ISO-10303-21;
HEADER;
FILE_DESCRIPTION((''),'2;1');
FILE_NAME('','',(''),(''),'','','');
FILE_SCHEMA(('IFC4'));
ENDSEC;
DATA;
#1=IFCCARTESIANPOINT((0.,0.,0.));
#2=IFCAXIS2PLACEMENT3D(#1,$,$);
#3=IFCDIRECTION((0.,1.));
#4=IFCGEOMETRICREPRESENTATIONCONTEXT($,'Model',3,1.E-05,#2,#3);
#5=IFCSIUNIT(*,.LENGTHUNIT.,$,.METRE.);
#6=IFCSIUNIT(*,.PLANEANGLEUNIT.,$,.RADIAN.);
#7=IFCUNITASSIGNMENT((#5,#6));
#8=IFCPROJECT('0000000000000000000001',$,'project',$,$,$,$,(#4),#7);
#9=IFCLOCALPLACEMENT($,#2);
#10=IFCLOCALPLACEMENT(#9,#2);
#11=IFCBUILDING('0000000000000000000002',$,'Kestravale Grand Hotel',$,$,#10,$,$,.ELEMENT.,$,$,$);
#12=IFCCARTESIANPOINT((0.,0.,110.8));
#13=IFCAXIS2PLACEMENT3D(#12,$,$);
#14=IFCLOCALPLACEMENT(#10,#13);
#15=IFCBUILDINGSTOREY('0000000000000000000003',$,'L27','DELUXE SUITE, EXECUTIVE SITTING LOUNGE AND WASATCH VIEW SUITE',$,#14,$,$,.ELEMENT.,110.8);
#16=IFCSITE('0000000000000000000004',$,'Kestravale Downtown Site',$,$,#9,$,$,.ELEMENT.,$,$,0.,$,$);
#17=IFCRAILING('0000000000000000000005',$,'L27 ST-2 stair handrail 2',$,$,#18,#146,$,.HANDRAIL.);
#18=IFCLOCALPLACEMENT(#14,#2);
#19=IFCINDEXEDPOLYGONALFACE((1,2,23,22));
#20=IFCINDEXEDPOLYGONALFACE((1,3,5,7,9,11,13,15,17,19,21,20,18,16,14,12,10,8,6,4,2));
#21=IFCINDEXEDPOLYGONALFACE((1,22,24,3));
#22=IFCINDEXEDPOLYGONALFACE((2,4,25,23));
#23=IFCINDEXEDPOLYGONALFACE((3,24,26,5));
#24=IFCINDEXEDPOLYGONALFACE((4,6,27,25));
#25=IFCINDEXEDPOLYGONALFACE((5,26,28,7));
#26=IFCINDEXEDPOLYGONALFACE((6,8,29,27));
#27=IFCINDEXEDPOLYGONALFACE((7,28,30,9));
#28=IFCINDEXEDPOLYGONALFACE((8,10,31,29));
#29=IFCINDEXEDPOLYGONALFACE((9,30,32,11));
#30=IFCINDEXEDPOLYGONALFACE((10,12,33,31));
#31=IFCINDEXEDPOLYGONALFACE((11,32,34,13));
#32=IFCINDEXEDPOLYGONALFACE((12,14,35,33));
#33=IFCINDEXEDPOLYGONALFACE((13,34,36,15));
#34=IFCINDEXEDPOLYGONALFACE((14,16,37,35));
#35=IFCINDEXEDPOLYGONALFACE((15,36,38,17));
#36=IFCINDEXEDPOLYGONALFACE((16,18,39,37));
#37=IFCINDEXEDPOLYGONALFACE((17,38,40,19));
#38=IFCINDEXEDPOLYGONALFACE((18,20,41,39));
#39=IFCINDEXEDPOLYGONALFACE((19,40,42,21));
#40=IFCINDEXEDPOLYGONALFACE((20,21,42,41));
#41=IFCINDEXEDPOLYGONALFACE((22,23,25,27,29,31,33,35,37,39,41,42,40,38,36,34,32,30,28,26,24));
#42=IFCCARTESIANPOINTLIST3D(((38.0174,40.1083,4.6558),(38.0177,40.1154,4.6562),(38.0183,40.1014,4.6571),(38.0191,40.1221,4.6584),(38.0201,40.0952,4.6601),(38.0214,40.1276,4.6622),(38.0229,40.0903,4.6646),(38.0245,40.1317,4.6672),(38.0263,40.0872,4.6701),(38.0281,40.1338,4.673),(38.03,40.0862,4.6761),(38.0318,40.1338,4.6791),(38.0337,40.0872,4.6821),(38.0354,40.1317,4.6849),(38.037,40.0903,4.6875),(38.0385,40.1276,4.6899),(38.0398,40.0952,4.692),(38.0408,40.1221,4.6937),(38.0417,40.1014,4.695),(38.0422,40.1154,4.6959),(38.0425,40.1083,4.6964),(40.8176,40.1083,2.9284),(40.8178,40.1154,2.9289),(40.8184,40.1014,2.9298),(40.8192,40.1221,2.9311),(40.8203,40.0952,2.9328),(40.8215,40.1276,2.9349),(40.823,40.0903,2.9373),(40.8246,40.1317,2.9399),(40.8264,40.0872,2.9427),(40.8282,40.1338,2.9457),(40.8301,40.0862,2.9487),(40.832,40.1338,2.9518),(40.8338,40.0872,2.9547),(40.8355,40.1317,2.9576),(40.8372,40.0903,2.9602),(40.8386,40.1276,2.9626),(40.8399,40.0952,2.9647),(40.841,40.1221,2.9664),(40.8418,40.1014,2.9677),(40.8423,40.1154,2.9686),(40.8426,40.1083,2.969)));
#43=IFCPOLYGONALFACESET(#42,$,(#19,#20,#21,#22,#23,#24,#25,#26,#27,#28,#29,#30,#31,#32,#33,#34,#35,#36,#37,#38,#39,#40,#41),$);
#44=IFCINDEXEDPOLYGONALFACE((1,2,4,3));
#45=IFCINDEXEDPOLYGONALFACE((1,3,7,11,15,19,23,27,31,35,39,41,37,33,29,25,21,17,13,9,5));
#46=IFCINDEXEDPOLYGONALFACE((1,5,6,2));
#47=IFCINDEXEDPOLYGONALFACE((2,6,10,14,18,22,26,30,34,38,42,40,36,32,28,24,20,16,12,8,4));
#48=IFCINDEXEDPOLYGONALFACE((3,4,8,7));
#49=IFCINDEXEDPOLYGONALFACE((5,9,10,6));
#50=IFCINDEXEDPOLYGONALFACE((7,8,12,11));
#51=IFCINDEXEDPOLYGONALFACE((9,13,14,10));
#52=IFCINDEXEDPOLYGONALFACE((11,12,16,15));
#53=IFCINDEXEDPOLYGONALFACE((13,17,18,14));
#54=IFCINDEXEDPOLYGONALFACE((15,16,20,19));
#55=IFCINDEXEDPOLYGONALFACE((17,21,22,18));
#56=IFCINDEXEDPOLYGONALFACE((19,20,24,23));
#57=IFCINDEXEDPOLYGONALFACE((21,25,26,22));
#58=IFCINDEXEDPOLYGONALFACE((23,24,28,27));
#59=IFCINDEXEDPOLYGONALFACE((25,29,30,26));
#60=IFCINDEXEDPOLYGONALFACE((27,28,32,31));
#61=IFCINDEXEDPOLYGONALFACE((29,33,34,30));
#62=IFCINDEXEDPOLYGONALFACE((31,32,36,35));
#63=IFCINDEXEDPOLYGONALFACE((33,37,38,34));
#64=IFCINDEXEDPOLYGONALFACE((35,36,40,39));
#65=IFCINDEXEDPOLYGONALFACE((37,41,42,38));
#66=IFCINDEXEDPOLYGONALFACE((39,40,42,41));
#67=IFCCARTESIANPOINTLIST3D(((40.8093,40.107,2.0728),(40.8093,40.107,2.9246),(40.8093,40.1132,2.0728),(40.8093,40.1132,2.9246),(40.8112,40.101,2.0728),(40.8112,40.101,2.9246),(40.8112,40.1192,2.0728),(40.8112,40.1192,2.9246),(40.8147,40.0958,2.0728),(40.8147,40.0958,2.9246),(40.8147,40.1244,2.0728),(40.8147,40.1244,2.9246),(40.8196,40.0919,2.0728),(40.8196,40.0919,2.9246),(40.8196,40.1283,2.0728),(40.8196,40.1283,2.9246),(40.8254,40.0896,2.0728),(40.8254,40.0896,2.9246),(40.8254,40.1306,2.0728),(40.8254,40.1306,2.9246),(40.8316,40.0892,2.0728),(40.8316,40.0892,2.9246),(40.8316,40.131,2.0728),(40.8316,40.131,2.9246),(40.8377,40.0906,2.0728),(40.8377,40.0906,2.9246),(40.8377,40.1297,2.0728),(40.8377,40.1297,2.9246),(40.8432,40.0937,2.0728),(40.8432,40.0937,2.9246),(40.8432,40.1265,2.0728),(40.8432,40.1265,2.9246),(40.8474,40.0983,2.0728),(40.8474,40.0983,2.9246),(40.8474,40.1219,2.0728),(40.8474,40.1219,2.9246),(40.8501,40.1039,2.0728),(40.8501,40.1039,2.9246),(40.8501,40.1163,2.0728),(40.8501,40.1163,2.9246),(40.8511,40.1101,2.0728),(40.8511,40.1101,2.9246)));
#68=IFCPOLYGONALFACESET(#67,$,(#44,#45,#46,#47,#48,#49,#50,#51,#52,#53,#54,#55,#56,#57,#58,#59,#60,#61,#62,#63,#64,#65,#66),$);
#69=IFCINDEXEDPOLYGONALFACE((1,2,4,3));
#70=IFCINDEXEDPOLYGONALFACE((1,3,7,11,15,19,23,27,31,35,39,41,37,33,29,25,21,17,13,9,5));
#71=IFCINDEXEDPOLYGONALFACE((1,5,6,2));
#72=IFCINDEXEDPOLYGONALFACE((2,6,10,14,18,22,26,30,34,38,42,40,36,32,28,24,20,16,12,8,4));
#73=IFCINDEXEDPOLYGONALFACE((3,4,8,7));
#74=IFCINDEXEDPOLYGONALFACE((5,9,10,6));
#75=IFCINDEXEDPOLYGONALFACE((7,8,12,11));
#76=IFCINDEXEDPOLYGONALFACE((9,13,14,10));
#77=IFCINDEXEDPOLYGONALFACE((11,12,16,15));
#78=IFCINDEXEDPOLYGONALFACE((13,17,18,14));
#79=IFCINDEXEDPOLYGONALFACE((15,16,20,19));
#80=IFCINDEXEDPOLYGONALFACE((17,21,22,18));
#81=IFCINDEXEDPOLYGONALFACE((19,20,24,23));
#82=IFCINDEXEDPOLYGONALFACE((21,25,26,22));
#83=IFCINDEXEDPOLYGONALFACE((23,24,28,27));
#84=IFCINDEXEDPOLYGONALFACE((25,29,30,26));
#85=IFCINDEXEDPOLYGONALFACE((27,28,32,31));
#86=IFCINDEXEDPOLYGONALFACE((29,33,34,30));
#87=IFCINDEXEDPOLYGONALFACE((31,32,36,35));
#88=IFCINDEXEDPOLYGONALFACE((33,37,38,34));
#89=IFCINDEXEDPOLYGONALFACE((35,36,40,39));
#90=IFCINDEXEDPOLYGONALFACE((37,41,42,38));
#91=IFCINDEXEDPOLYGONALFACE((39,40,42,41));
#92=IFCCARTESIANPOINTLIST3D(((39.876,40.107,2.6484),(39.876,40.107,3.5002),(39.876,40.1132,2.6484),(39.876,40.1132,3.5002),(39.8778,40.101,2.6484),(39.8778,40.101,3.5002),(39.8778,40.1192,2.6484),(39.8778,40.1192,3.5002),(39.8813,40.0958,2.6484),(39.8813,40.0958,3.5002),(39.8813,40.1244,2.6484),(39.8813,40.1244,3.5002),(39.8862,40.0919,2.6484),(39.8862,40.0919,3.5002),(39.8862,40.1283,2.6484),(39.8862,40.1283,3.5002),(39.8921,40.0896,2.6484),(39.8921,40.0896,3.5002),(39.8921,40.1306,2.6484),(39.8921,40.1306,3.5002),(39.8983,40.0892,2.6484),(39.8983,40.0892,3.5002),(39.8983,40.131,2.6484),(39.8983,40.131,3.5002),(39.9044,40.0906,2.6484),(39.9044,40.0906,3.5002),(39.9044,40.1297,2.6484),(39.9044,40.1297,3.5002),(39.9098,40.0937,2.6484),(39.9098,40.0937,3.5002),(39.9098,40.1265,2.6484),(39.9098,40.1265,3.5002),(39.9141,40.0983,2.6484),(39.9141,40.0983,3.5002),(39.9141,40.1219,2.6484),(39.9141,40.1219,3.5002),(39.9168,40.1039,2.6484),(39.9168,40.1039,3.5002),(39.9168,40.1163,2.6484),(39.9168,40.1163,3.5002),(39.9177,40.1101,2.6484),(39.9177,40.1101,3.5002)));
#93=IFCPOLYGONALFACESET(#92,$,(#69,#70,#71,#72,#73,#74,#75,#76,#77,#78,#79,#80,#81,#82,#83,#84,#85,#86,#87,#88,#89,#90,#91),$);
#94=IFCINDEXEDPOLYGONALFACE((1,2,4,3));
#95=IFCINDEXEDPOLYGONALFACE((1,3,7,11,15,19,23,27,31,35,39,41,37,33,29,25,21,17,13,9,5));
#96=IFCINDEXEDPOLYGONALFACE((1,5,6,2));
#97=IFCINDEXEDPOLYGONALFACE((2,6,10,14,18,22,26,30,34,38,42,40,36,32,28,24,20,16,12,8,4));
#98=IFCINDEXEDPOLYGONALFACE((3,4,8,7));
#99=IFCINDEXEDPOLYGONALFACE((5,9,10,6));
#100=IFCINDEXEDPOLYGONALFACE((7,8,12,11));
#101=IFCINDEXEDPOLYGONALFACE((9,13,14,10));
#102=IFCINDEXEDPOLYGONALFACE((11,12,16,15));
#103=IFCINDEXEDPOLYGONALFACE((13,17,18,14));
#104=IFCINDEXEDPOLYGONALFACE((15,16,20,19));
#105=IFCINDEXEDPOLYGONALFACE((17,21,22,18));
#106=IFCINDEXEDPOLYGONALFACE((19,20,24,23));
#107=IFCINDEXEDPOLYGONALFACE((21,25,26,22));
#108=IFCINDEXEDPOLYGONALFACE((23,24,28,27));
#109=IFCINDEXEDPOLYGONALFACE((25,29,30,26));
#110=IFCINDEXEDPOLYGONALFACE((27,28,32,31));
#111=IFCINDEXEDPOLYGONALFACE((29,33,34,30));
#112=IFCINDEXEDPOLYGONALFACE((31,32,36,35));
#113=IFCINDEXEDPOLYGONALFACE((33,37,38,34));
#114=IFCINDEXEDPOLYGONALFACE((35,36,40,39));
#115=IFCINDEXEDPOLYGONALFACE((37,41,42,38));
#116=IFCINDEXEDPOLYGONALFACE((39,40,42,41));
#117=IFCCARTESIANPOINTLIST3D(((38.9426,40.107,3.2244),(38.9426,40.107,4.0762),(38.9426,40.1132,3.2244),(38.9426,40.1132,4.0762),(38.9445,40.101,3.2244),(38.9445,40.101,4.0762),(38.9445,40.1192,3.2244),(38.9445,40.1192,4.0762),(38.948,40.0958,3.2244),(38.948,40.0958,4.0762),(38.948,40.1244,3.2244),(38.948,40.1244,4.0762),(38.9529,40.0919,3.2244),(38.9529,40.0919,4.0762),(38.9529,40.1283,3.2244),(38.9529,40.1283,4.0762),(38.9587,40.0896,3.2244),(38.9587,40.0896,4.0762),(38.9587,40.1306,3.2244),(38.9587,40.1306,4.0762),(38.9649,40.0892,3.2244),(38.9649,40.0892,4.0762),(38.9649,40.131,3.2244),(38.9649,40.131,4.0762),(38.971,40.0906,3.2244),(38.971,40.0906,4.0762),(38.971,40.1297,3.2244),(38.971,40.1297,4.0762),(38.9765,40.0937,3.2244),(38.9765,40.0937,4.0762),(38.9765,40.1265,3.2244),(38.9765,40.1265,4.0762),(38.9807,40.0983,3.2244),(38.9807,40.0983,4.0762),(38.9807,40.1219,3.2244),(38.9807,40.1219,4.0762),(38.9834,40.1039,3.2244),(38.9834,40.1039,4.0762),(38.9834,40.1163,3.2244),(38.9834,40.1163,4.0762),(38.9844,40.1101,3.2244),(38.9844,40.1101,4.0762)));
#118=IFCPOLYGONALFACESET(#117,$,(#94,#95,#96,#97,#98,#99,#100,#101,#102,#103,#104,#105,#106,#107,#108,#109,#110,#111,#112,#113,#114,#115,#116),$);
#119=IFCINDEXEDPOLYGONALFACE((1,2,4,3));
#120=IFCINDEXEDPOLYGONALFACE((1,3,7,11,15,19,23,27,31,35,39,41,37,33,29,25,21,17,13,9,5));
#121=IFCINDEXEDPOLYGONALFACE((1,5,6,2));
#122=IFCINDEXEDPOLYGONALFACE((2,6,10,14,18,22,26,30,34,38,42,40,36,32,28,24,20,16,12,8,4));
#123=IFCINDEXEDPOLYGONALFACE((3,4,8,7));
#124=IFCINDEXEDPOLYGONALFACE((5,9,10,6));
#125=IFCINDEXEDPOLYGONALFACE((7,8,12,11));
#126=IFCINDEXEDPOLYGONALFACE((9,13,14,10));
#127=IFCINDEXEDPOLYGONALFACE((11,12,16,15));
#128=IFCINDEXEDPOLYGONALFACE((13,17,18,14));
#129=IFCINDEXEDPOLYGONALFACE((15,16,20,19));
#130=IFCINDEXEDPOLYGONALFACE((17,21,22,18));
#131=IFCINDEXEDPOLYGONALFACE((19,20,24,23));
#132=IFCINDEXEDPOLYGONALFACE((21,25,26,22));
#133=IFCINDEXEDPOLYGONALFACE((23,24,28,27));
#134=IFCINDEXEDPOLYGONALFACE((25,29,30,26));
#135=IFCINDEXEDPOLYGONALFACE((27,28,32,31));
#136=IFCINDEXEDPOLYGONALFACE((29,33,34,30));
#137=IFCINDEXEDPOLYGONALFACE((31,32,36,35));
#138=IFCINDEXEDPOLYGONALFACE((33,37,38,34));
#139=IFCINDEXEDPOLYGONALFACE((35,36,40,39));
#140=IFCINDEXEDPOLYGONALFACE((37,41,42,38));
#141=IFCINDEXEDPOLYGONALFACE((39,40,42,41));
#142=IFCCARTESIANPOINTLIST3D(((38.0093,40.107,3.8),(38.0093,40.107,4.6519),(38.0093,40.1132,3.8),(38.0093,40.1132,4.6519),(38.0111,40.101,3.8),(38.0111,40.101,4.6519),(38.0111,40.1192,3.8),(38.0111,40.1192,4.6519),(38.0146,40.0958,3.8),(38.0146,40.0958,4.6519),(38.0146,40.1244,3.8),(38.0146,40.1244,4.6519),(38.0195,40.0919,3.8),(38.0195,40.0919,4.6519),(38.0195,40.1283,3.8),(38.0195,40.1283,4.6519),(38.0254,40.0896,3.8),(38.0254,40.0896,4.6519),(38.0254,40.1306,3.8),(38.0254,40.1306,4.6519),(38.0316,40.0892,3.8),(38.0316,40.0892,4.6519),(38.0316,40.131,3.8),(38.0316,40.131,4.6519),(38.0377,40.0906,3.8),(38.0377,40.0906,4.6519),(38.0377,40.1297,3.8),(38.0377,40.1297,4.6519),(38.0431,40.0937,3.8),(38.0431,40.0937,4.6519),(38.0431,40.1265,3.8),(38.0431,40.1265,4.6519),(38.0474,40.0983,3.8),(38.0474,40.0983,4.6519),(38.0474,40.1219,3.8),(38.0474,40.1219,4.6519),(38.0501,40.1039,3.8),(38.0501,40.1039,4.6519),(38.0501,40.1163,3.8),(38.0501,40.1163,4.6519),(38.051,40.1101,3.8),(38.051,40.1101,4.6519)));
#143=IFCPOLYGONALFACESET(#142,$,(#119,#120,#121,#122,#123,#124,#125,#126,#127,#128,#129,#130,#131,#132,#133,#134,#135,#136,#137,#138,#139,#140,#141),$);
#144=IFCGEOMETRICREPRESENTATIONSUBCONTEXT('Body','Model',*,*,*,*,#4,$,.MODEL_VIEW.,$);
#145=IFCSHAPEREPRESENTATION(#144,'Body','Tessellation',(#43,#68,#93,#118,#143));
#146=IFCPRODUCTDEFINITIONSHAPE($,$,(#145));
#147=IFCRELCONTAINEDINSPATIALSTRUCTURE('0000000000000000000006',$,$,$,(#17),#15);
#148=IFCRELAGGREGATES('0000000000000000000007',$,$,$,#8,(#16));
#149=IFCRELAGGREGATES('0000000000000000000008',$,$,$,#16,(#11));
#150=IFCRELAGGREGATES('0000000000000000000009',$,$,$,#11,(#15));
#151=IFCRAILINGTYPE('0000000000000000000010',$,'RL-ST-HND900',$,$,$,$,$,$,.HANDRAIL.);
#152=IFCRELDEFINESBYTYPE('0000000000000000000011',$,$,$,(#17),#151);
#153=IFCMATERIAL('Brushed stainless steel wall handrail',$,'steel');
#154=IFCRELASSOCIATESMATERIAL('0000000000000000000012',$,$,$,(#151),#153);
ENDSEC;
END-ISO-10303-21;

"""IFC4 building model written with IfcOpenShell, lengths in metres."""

from ifc_helpers import new_model, si_unit, direction, frame, origin, origin_2d, place, context, subcontext, project, spatial, circle, extrude, material, type_object, element, save


model = new_model("IFC4")

# Units and contexts
model_context = context("Model", 3, precision=1e-05, world=origin(), true_north=direction((0.0, 1.0)))
body_context = subcontext(model_context, "Body", "Model", "MODEL_VIEW")
ifc_project = project(units=[si_unit("LENGTHUNIT", "METRE"), si_unit("PLANEANGLEUNIT", "RADIAN")], contexts=[model_context])

# Site, building, storey
site_placement = place(None, origin())
site = spatial("IfcSite", under=ifc_project, at=site_placement, Name="Kestravale Downtown Site", CompositionType="ELEMENT", RefElevation=0.0)
building_placement = place(site_placement, origin())
building = spatial("IfcBuilding", under=site, at=building_placement, Name="Kestravale Grand Hotel", CompositionType="ELEMENT")
storey_placement = place(building_placement, frame((0.0, 0.0, 110.8)))
storey = spatial("IfcBuildingStorey", under=building, at=storey_placement, Name="L27", Description="DELUXE SUITE, EXECUTIVE SITTING LOUNGE AND WASATCH VIEW SUITE", CompositionType="ELEMENT", Elevation=110.8)

# Railing
ifc_material_1 = material(Name="Brushed stainless steel wall handrail", Category="steel")
railing_type_1 = type_object("IfcRailingType", Name="RL-ST-HND900", PredefinedType="HANDRAIL", material=ifc_material_1)
railing_1_placement = place(storey_placement, frame((40.8301, 40.1101, 2.0728)))
element("IfcRailing", 1, at=railing_1_placement, inside=storey, type_object=railing_type_1, Name="L27 ST-2 stair handrail 2", PredefinedType="HANDRAIL", context=body_context, shape_type="SweptSolid", body=[
    extrude(circle(Radius=0.0239, at=origin_2d()), frame((0.0, 0.0, 0.876), z_axis=(-0.85109, 0.0, 0.52502), x_axis=(0.0, -1.0, 0.0)), (0.0, 0.0, 1.0), 3.29),
    extrude(circle(Radius=0.021, at=origin_2d()), origin(), (0.0, 0.0, 1.0), 0.8518),
    extrude(circle(Radius=0.021, at=origin_2d()), frame((-0.9333, 0.0, 0.5757)), (0.0, 0.0, 1.0), 0.8518),
    extrude(circle(Radius=0.021, at=origin_2d()), frame((-1.8667, 0.0, 1.1516)), (0.0, 0.0, 1.0), 0.8518),
    extrude(circle(Radius=0.021, at=origin_2d()), frame((-2.8, 0.0, 1.7273)), (0.0, 0.0, 1.0), 0.8518),
])

save(model, "model.ifc")
